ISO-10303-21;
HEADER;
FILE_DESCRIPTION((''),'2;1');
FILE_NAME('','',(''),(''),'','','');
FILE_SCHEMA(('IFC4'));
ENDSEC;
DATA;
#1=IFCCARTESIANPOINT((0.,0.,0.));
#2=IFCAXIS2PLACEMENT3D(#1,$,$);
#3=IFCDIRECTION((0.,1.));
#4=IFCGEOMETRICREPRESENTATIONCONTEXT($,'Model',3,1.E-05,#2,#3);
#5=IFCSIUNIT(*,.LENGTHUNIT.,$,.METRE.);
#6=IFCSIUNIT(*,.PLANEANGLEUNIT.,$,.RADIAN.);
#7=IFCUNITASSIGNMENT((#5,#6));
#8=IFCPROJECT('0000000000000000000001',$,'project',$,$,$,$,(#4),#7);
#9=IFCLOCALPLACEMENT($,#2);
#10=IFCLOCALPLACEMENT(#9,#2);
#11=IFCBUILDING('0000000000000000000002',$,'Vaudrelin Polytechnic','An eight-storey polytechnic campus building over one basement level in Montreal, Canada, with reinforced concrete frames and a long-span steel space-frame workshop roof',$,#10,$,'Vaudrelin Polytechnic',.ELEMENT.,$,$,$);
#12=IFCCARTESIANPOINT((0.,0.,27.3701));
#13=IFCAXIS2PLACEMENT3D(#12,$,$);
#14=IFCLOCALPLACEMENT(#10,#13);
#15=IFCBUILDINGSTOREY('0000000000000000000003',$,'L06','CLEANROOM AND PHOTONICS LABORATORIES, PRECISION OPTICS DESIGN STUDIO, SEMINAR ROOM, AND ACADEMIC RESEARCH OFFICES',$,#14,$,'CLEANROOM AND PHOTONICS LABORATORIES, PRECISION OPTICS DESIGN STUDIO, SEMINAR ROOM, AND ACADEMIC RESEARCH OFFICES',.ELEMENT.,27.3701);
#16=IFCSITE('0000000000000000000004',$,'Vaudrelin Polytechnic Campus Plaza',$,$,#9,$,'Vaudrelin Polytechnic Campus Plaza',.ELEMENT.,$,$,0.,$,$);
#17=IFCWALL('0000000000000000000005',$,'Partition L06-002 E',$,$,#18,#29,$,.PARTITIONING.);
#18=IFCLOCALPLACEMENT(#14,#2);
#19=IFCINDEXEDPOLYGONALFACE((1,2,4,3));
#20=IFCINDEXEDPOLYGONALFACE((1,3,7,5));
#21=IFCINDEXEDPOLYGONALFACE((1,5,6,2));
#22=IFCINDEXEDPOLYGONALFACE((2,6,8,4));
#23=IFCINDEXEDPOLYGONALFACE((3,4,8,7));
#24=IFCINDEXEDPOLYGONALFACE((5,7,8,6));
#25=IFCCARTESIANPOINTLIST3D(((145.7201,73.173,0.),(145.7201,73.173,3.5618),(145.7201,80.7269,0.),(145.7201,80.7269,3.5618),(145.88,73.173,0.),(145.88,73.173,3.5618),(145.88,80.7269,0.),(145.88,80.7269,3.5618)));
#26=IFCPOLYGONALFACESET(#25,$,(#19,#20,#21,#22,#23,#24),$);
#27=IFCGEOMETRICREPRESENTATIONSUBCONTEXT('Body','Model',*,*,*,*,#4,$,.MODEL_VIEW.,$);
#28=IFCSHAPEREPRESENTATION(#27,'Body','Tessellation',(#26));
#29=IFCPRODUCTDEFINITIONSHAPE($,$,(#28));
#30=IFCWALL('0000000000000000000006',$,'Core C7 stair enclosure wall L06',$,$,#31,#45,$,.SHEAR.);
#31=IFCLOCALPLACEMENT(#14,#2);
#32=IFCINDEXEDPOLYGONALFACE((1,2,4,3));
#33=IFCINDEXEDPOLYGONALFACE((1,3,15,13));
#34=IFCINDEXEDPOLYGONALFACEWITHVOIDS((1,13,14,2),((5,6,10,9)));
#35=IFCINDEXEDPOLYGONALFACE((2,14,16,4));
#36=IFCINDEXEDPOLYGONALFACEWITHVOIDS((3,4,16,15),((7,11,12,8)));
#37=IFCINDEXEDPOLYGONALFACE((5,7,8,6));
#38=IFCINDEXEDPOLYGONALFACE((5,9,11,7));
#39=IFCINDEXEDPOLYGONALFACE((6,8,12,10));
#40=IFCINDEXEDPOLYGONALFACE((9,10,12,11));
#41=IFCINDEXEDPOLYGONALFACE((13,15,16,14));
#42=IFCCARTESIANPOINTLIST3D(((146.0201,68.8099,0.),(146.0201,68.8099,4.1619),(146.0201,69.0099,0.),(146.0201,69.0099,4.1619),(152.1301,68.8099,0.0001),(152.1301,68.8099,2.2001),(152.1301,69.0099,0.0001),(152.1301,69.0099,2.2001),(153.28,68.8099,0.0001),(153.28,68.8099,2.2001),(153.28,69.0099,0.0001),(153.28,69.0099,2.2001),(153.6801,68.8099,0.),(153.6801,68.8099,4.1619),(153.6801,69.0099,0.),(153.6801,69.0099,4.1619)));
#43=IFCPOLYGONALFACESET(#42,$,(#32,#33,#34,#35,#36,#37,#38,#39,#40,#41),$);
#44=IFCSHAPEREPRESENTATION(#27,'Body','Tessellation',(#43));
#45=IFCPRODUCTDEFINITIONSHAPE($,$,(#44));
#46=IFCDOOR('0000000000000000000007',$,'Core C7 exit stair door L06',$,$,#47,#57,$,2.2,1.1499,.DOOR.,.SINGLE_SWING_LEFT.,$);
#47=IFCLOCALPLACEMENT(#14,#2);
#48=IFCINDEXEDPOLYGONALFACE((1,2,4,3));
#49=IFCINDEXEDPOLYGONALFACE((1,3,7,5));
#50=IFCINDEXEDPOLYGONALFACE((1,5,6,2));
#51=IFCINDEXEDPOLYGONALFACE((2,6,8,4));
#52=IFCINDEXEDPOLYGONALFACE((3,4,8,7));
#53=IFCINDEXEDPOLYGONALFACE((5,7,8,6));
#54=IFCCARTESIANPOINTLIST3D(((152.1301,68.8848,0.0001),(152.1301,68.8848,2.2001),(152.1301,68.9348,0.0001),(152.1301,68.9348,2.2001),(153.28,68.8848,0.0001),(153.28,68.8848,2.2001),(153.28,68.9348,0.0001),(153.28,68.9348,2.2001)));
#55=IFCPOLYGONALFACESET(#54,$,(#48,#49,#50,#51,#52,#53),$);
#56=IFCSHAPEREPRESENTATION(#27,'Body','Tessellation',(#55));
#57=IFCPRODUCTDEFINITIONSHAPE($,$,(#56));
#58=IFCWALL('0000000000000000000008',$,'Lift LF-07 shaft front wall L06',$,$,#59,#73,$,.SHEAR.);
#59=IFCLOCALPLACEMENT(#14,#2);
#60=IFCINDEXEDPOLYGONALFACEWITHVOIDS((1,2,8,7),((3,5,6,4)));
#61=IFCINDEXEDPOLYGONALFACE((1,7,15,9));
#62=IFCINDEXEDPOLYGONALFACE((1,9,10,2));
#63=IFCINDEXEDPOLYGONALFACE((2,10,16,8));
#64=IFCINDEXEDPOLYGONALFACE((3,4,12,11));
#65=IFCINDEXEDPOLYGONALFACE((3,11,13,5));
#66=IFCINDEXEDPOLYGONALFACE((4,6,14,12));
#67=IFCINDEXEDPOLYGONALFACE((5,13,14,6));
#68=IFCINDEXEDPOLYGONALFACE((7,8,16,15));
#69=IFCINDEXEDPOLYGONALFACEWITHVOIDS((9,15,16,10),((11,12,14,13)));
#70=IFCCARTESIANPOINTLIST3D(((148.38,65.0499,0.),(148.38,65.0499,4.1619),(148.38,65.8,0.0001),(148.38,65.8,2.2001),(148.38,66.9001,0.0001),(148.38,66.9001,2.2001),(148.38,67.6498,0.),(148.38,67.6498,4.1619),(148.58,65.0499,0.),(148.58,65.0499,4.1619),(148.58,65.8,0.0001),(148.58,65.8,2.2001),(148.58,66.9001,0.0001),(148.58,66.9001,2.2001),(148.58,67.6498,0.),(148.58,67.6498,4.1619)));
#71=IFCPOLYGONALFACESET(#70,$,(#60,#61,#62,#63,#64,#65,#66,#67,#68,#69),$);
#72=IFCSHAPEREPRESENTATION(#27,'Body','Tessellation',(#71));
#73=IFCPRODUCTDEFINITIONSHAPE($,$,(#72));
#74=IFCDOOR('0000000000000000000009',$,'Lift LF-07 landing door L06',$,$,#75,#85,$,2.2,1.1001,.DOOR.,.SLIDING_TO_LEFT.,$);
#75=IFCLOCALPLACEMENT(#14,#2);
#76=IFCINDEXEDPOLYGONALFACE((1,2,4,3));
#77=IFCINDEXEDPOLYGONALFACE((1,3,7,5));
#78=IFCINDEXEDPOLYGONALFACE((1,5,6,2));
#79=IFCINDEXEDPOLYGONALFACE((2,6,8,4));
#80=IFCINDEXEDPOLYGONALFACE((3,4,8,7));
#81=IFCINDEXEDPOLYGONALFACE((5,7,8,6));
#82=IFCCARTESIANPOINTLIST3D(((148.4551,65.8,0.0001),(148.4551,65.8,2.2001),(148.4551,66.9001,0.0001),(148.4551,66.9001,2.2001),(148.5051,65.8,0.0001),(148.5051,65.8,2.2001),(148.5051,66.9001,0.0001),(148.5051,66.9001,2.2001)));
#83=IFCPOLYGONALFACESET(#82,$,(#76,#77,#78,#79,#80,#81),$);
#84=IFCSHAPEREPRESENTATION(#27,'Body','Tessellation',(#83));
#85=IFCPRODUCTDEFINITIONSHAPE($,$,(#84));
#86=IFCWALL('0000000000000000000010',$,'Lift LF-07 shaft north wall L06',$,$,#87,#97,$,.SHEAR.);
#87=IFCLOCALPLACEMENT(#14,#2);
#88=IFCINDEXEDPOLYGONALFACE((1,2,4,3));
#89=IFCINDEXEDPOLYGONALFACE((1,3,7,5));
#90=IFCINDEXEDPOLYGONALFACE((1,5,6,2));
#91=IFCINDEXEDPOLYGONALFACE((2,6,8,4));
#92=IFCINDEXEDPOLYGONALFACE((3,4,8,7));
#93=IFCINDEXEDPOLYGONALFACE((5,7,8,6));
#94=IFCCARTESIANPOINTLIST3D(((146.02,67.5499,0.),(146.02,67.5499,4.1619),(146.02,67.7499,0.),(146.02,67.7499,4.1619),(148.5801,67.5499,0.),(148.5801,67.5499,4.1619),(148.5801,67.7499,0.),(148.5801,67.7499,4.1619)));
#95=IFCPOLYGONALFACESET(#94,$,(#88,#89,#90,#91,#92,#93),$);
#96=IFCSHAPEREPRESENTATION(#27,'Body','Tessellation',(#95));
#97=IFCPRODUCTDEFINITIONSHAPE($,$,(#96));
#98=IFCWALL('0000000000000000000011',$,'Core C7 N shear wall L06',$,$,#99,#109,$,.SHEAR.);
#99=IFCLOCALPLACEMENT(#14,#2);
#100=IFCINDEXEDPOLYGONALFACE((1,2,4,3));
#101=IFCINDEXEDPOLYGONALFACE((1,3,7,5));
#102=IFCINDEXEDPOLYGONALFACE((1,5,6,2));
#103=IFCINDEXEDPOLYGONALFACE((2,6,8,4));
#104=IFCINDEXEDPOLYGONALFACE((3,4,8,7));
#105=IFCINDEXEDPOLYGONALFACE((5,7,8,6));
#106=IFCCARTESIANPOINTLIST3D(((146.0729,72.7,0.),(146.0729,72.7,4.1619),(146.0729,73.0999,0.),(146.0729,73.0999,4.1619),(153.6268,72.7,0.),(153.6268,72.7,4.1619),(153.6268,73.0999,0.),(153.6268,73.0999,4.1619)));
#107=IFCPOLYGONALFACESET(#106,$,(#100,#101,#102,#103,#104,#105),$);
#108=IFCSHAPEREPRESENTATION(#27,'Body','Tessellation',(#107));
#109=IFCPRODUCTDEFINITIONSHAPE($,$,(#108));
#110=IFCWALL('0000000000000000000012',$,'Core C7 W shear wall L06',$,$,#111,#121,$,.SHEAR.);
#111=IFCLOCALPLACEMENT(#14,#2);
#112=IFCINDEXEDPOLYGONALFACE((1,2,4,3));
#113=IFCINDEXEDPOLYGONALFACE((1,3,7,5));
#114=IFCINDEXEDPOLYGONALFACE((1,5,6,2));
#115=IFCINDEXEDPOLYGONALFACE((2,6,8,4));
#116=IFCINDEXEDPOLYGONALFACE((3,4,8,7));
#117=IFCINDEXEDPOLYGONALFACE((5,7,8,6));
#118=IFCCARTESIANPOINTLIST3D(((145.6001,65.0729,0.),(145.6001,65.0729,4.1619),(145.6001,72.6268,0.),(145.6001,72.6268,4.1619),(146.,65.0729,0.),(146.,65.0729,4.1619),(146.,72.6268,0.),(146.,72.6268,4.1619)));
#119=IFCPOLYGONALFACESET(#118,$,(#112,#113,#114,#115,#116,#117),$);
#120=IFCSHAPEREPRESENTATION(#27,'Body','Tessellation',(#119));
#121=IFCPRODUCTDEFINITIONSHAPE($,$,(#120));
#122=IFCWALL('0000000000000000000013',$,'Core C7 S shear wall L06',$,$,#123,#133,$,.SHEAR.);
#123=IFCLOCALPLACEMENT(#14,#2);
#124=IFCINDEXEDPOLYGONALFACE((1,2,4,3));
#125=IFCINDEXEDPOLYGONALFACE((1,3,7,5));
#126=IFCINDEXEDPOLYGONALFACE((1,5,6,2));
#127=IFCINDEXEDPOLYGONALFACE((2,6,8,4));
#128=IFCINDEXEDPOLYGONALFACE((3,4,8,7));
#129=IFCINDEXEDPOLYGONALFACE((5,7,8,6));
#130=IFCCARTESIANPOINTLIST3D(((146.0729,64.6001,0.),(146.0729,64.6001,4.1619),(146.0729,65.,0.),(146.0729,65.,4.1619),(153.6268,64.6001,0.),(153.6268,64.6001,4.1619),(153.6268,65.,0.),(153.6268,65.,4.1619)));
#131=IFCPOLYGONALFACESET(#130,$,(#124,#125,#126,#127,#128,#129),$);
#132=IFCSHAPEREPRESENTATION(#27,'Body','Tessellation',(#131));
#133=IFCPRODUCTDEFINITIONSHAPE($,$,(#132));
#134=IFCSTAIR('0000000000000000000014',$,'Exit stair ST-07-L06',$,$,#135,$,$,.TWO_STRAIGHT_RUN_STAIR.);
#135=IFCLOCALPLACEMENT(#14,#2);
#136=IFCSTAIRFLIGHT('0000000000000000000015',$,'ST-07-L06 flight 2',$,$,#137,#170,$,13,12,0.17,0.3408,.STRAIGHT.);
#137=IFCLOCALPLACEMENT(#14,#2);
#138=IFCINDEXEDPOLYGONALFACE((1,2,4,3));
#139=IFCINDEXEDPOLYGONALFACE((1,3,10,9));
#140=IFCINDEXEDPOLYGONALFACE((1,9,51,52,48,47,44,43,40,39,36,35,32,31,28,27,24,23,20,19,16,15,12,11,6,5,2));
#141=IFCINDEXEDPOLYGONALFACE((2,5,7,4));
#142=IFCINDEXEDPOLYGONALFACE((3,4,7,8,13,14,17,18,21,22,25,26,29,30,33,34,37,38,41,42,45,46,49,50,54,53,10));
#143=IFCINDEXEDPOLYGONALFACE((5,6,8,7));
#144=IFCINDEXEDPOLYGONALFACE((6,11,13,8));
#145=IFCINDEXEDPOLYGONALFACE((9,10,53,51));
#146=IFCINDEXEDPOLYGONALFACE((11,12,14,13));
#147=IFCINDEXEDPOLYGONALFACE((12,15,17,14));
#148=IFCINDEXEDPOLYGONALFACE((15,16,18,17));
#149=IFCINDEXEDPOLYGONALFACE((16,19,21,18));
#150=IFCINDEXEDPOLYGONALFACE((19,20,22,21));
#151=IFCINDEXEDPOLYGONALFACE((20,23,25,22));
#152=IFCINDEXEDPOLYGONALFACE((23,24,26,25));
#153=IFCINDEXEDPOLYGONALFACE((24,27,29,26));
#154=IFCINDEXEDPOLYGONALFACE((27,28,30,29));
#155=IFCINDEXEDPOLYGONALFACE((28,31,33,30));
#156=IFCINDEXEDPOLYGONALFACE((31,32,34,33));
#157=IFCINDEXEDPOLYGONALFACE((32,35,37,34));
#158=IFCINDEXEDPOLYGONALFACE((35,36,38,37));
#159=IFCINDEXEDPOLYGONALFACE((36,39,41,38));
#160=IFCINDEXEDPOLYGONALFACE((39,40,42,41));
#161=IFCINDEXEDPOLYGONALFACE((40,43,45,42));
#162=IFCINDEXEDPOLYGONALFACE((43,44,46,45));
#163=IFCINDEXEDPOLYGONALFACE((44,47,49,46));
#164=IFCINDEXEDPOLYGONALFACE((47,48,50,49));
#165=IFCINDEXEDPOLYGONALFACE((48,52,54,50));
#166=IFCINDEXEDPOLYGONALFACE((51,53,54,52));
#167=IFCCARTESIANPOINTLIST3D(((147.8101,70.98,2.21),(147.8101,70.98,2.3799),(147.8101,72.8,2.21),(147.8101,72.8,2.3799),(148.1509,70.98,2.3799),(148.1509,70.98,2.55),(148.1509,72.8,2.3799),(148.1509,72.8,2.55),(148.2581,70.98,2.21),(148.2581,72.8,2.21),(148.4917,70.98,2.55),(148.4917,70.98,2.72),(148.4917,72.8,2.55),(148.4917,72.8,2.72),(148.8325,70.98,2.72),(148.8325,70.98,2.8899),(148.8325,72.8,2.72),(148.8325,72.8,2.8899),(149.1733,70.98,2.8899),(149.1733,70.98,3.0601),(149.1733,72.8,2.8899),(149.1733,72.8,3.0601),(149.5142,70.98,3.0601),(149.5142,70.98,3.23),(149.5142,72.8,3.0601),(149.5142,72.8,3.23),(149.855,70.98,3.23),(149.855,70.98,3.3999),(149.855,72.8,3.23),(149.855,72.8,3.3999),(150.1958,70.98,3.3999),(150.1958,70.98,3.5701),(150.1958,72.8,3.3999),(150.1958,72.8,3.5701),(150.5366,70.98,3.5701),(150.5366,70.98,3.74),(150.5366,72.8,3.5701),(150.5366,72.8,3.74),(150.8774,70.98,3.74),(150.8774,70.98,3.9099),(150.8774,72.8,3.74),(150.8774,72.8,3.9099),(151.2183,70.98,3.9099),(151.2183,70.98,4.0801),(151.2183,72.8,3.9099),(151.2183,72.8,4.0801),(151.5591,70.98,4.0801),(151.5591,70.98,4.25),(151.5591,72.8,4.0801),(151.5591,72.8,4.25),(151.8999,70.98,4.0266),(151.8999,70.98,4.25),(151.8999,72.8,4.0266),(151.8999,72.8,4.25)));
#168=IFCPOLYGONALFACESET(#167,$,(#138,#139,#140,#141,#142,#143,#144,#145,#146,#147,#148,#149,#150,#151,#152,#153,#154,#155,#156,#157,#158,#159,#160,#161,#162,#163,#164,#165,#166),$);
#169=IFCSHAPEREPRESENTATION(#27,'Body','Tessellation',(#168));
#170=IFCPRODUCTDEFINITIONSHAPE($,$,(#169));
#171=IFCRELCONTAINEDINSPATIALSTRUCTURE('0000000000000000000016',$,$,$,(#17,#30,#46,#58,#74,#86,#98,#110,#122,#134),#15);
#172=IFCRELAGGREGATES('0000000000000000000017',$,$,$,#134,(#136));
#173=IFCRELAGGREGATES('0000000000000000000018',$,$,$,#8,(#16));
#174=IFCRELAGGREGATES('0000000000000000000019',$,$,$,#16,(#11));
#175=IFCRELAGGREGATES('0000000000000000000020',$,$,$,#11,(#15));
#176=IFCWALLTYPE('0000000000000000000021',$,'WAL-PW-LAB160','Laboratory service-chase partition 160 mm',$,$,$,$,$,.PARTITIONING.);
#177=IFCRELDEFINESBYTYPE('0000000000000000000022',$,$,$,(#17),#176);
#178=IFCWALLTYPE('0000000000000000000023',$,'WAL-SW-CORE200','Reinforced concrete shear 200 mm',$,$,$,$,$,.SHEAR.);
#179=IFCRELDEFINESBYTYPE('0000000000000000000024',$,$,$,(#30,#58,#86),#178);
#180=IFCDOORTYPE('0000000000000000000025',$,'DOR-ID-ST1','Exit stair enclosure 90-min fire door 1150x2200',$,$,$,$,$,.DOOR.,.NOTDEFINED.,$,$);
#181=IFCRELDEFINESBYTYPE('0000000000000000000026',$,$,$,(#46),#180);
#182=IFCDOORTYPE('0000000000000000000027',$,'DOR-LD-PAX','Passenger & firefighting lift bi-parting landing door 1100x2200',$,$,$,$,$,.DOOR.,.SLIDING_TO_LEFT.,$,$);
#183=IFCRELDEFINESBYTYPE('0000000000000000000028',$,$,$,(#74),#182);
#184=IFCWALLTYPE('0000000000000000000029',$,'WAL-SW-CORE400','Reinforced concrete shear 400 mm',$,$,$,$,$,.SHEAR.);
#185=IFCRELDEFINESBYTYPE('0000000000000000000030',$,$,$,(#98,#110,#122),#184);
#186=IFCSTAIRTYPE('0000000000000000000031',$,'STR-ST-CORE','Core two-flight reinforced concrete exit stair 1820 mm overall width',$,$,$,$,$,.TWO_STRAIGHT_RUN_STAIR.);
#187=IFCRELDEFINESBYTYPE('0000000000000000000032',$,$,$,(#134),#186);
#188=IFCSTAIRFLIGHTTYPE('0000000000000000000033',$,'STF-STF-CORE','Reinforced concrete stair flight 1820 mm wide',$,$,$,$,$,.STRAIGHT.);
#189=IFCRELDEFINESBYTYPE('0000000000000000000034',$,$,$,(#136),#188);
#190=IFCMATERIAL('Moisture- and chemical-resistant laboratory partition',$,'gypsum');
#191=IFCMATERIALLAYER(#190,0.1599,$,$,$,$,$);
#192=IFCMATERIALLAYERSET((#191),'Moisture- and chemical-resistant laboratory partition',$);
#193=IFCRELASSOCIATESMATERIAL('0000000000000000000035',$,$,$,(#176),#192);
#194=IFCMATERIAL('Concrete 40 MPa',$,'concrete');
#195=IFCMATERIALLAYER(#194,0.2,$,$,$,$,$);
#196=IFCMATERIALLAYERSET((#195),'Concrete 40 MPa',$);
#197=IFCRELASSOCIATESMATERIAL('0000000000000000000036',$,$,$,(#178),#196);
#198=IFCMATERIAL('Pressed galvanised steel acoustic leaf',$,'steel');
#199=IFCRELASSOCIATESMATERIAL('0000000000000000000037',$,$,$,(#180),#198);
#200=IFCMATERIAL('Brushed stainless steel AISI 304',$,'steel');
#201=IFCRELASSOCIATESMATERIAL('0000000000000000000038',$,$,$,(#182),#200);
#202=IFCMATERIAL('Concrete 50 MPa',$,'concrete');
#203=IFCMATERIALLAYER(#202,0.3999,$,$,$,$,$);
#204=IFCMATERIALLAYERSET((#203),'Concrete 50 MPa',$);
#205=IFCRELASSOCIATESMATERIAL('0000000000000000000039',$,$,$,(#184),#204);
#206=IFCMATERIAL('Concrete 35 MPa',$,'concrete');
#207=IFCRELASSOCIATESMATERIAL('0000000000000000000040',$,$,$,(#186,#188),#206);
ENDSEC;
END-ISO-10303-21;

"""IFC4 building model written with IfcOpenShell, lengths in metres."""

from ifc_helpers import new_model, si_unit, direction, frame, frame_2d, origin, place, context, subcontext, project, spatial, polyline, rectangle, outline, extrude, material, layer, layer_set, type_object, element, fill, aggregate, save


model = new_model("IFC4")

# Units and contexts
model_context = context("Model", 3, precision=1e-05, world=origin(), true_north=direction((0.0, 1.0)))
body_context = subcontext(model_context, "Body", "Model", "MODEL_VIEW")
ifc_project = project(units=[si_unit("LENGTHUNIT", "METRE"), si_unit("PLANEANGLEUNIT", "RADIAN")], contexts=[model_context])

# Site, building, storey
site_placement = place(None, origin())
site = spatial("IfcSite", under=ifc_project, at=site_placement, Name="Vaudrelin Polytechnic Campus Plaza", LongName="Vaudrelin Polytechnic Campus Plaza", CompositionType="ELEMENT", RefElevation=0.0)
building_placement = place(site_placement, origin())
building = spatial("IfcBuilding", under=site, at=building_placement, Name="Vaudrelin Polytechnic", Description="An eight-storey polytechnic campus building over one basement level in Montreal, Canada, with reinforced concrete frames and a long-span steel space-frame workshop roof", LongName="Vaudrelin Polytechnic", CompositionType="ELEMENT")
storey_placement = place(building_placement, frame((0.0, 0.0, 27.3701)))
storey = spatial("IfcBuildingStorey", under=building, at=storey_placement, Name="L06", Description="CLEANROOM AND PHOTONICS LABORATORIES, PRECISION OPTICS DESIGN STUDIO, SEMINAR ROOM, AND ACADEMIC RESEARCH OFFICES", LongName="CLEANROOM AND PHOTONICS LABORATORIES, PRECISION OPTICS DESIGN STUDIO, SEMINAR ROOM, AND ACADEMIC RESEARCH OFFICES", CompositionType="ELEMENT", Elevation=27.3701)

# Shared definitions
ifc_material_1 = material(Name="Concrete 40 MPa", Category="concrete")

# Shared definitions
ifc_material_2 = material(Name="Concrete 50 MPa", Category="concrete")

# Shared definitions
ifc_material_3 = material(Name="Moisture- and chemical-resistant laboratory partition", Category="gypsum")
ifc_layer_1 = layer(ifc_material_3, 0.1599)
ifc_layer_set_1 = layer_set([ifc_layer_1], Name="Moisture- and chemical-resistant laboratory partition")
wall_type_1 = type_object("IfcWallType", Name="WAL-PW-LAB160", Description="Laboratory service-chase partition 160 mm", PredefinedType="PARTITIONING", material=ifc_layer_set_1)
ifc_material_4 = material(Name="Pressed galvanised steel acoustic leaf", Category="steel")

# Wall
wall_1_placement = place(storey_placement, frame((145.8, 73.1731, 0.0), z_axis=(0.0, 0.0, 1.0), x_axis=(0.0, 1.0, 0.0)))
element("IfcWall", 1, at=wall_1_placement, inside=storey, type_object=wall_type_1, Name="Partition L06-002 E", PredefinedType="PARTITIONING", context=body_context, shape_type="SweptSolid", body=[
    extrude(rectangle(XDim=7.554, YDim=0.1599, at=frame_2d((3.7769, 0.0))), origin(), (0.0, 0.0, 1.0), 3.5618),
])

# Walls, openings, doors
ifc_layer_2 = layer(ifc_material_1, 0.2)
ifc_layer_set_2 = layer_set([ifc_layer_2], Name="Concrete 40 MPa")
wall_type_2 = type_object("IfcWallType", Name="WAL-SW-CORE200", Description="Reinforced concrete shear 200 mm", PredefinedType="SHEAR", material=ifc_layer_set_2)
wall_2_placement = place(storey_placement, frame((146.02, 68.9099, 0.0), z_axis=(0.0, 0.0, 1.0), x_axis=(1.0, 0.0, 0.0)))
wall_2 = element("IfcWall", 2, at=wall_2_placement, inside=storey, type_object=wall_type_2, Name="Core C7 stair enclosure wall L06", PredefinedType="SHEAR", context=body_context, shape_type="SweptSolid", body=[
    extrude(rectangle(XDim=7.6599, YDim=0.2, at=frame_2d((3.8301, 0.0))), origin(), (0.0, 0.0, 1.0), 4.1619),
])
opening_1_placement = place(wall_2_placement, frame((6.1101, 0.0, 0.0)))
opening_1 = element("IfcOpeningElement", 3, at=opening_1_placement, cuts=wall_2, PredefinedType="OPENING", context=body_context, shape_type="SweptSolid", body=[
    extrude(rectangle(XDim=1.1499, YDim=2.2, at=frame_2d((0.575, 1.1001))), frame((0.0, 0.1099, 0.0), z_axis=(0.0, -1.0, 0.0), x_axis=(1.0, 0.0, 0.0)), (0.0, 0.0, 1.0), 0.22),
])
door_type_1 = type_object("IfcDoorType", Name="DOR-ID-ST1", Description="Exit stair enclosure 90-min fire door 1150x2200", OperationType="NOTDEFINED", PredefinedType="DOOR", material=ifc_material_4)
door_1_placement = place(opening_1_placement, origin())
door_1 = element("IfcDoor", 4, at=door_1_placement, inside=storey, type_object=door_type_1, Name="Core C7 exit stair door L06", OperationType="SINGLE_SWING_LEFT", OverallHeight=2.2, OverallWidth=1.1499, PredefinedType="DOOR", context=body_context, shape_type="SweptSolid", body=[
    extrude(rectangle(XDim=1.1499, YDim=2.2, at=frame_2d((0.575, 1.1001))), frame((0.0, 0.0249, 0.0), z_axis=(0.0, -1.0, 0.0), x_axis=(1.0, 0.0, 0.0)), (0.0, 0.0, 1.0), 0.05),
])
fill(opening_1, door_1)
wall_3_placement = place(storey_placement, frame((148.48, 65.05, 0.0), z_axis=(0.0, 0.0, 1.0), x_axis=(0.0, 1.0, 0.0)))
wall_3 = element("IfcWall", 5, at=wall_3_placement, inside=storey, type_object=wall_type_2, Name="Lift LF-07 shaft front wall L06", PredefinedType="SHEAR", context=body_context, shape_type="SweptSolid", body=[
    extrude(rectangle(XDim=2.5999, YDim=0.2, at=frame_2d((1.2998, 0.0))), origin(), (0.0, 0.0, 1.0), 4.1619),
])
opening_2_placement = place(wall_3_placement, frame((0.75, 0.0, 0.0)))
opening_2 = element("IfcOpeningElement", 6, at=opening_2_placement, cuts=wall_3, PredefinedType="OPENING", context=body_context, shape_type="SweptSolid", body=[
    extrude(rectangle(XDim=1.1001, YDim=2.2, at=frame_2d((0.55, 1.1001))), frame((0.0, 0.1099, 0.0), z_axis=(0.0, -1.0, 0.0), x_axis=(1.0, 0.0, 0.0)), (0.0, 0.0, 1.0), 0.22),
])
ifc_material_5 = material(Name="Brushed stainless steel AISI 304", Category="steel")
door_type_2 = type_object("IfcDoorType", Name="DOR-LD-PAX", Description="Passenger & firefighting lift bi-parting landing door 1100x2200", OperationType="SLIDING_TO_LEFT", PredefinedType="DOOR", material=ifc_material_5)
door_2_placement = place(opening_2_placement, origin())
door_2 = element("IfcDoor", 7, at=door_2_placement, inside=storey, type_object=door_type_2, Name="Lift LF-07 landing door L06", OperationType="SLIDING_TO_LEFT", OverallHeight=2.2, OverallWidth=1.1001, PredefinedType="DOOR", context=body_context, shape_type="SweptSolid", body=[
    extrude(rectangle(XDim=1.1001, YDim=2.2, at=frame_2d((0.55, 1.1001))), frame((0.0, 0.0249, 0.0), z_axis=(0.0, -1.0, 0.0), x_axis=(1.0, 0.0, 0.0)), (0.0, 0.0, 1.0), 0.05),
])
fill(opening_2, door_2)

# Walls
wall_4_placement = place(storey_placement, frame((146.02, 67.6499, 0.0), z_axis=(0.0, 0.0, 1.0), x_axis=(1.0, 0.0, 0.0)))
element("IfcWall", 8, at=wall_4_placement, inside=storey, type_object=wall_type_2, Name="Lift LF-07 shaft north wall L06", PredefinedType="SHEAR", context=body_context, shape_type="SweptSolid", body=[
    extrude(rectangle(XDim=2.5601, YDim=0.2, at=frame_2d((1.28, 0.0))), origin(), (0.0, 0.0, 1.0), 4.1619),
])
ifc_layer_3 = layer(ifc_material_2, 0.3999)
ifc_layer_set_3 = layer_set([ifc_layer_3], Name="Concrete 50 MPa")
wall_type_3 = type_object("IfcWallType", Name="WAL-SW-CORE400", Description="Reinforced concrete shear 400 mm", PredefinedType="SHEAR", material=ifc_layer_set_3)
for number, where, z_axis, x_axis, name in (
    (9, (146.073, 72.8999, 0.0), (0.0, 0.0, 1.0), (1.0, 0.0, 0.0), "Core C7 N shear wall L06"),
    (10, (145.8, 65.073, 0.0), (0.0, 0.0, 1.0), (0.0, 1.0, 0.0), "Core C7 W shear wall L06"),
    (11, (146.073, 64.8, 0.0), (0.0, 0.0, 1.0), (1.0, 0.0, 0.0), "Core C7 S shear wall L06"),
):
    element("IfcWall", number, at=place(storey_placement, frame(where, z_axis=z_axis, x_axis=x_axis)), inside=storey, type_object=wall_type_3, Name=name, PredefinedType="SHEAR", context=body_context, shape_type="SweptSolid", body=[
        extrude(rectangle(XDim=7.554, YDim=0.3999, at=frame_2d((3.7769, 0.0))), origin(), (0.0, 0.0, 1.0), 4.1619),
    ])

# Stair, stair flight
ifc_material_6 = material(Name="Concrete 35 MPa", Category="concrete")
stair_type = type_object("IfcStairType", Name="STR-ST-CORE", Description="Core two-flight reinforced concrete exit stair 1820 mm overall width", PredefinedType="TWO_STRAIGHT_RUN_STAIR", material=ifc_material_6)
stair_placement = place(storey_placement, origin())
stair = element("IfcStair", 12, at=stair_placement, inside=storey, type_object=stair_type, Name="Exit stair ST-07-L06", PredefinedType="TWO_STRAIGHT_RUN_STAIR")
stair_flight_type = type_object("IfcStairFlightType", Name="STF-STF-CORE", Description="Reinforced concrete stair flight 1820 mm wide", PredefinedType="STRAIGHT", material=ifc_material_6)
stair_flight_placement = place(storey_placement, frame((147.8101, 71.8899, 2.21), z_axis=(0.0, 0.0, 1.0), x_axis=(1.0, 0.0, 0.0)))
stair_flight = element("IfcStairFlight", 13, at=stair_flight_placement, type_object=stair_flight_type, Name="ST-07-L06 flight 2", NumberOfRisers=13, NumberOfTreads=12, PredefinedType="STRAIGHT", RiserHeight=0.17, TreadLength=0.3408, context=body_context, shape_type="SweptSolid", body=[
    extrude(outline(polyline([(0.0, 0.0), (0.0, 0.1699), (0.3408, 0.1699), (0.3408, 0.3401), (0.6816, 0.3401), (0.6816, 0.51), (1.0225, 0.51), (1.0225, 0.6799), (1.3633, 0.6799), (1.3633, 0.8501), (1.7041, 0.8501), (1.7041, 1.02), (2.0449, 1.02), (2.0449, 1.1899), (2.3857, 1.1899), (2.3857, 1.3601), (2.7266, 1.3601), (2.7266, 1.53), (3.0674, 1.53), (3.0674, 1.7), (3.4082, 1.7), (3.4082, 1.8701), (3.749, 1.8701), (3.749, 2.04), (4.0898, 2.04), (4.0898, 2.21), (4.0898, 1.8167), (0.448, 0.0), (0.0, 0.0)])), frame((0.0, 0.9102, 0.0), z_axis=(0.0, -1.0, 0.0), x_axis=(1.0, 0.0, 0.0)), (0.0, 0.0, 1.0), 1.8201),
])
aggregate(stair, [stair_flight])

save(model, "model.ifc")
